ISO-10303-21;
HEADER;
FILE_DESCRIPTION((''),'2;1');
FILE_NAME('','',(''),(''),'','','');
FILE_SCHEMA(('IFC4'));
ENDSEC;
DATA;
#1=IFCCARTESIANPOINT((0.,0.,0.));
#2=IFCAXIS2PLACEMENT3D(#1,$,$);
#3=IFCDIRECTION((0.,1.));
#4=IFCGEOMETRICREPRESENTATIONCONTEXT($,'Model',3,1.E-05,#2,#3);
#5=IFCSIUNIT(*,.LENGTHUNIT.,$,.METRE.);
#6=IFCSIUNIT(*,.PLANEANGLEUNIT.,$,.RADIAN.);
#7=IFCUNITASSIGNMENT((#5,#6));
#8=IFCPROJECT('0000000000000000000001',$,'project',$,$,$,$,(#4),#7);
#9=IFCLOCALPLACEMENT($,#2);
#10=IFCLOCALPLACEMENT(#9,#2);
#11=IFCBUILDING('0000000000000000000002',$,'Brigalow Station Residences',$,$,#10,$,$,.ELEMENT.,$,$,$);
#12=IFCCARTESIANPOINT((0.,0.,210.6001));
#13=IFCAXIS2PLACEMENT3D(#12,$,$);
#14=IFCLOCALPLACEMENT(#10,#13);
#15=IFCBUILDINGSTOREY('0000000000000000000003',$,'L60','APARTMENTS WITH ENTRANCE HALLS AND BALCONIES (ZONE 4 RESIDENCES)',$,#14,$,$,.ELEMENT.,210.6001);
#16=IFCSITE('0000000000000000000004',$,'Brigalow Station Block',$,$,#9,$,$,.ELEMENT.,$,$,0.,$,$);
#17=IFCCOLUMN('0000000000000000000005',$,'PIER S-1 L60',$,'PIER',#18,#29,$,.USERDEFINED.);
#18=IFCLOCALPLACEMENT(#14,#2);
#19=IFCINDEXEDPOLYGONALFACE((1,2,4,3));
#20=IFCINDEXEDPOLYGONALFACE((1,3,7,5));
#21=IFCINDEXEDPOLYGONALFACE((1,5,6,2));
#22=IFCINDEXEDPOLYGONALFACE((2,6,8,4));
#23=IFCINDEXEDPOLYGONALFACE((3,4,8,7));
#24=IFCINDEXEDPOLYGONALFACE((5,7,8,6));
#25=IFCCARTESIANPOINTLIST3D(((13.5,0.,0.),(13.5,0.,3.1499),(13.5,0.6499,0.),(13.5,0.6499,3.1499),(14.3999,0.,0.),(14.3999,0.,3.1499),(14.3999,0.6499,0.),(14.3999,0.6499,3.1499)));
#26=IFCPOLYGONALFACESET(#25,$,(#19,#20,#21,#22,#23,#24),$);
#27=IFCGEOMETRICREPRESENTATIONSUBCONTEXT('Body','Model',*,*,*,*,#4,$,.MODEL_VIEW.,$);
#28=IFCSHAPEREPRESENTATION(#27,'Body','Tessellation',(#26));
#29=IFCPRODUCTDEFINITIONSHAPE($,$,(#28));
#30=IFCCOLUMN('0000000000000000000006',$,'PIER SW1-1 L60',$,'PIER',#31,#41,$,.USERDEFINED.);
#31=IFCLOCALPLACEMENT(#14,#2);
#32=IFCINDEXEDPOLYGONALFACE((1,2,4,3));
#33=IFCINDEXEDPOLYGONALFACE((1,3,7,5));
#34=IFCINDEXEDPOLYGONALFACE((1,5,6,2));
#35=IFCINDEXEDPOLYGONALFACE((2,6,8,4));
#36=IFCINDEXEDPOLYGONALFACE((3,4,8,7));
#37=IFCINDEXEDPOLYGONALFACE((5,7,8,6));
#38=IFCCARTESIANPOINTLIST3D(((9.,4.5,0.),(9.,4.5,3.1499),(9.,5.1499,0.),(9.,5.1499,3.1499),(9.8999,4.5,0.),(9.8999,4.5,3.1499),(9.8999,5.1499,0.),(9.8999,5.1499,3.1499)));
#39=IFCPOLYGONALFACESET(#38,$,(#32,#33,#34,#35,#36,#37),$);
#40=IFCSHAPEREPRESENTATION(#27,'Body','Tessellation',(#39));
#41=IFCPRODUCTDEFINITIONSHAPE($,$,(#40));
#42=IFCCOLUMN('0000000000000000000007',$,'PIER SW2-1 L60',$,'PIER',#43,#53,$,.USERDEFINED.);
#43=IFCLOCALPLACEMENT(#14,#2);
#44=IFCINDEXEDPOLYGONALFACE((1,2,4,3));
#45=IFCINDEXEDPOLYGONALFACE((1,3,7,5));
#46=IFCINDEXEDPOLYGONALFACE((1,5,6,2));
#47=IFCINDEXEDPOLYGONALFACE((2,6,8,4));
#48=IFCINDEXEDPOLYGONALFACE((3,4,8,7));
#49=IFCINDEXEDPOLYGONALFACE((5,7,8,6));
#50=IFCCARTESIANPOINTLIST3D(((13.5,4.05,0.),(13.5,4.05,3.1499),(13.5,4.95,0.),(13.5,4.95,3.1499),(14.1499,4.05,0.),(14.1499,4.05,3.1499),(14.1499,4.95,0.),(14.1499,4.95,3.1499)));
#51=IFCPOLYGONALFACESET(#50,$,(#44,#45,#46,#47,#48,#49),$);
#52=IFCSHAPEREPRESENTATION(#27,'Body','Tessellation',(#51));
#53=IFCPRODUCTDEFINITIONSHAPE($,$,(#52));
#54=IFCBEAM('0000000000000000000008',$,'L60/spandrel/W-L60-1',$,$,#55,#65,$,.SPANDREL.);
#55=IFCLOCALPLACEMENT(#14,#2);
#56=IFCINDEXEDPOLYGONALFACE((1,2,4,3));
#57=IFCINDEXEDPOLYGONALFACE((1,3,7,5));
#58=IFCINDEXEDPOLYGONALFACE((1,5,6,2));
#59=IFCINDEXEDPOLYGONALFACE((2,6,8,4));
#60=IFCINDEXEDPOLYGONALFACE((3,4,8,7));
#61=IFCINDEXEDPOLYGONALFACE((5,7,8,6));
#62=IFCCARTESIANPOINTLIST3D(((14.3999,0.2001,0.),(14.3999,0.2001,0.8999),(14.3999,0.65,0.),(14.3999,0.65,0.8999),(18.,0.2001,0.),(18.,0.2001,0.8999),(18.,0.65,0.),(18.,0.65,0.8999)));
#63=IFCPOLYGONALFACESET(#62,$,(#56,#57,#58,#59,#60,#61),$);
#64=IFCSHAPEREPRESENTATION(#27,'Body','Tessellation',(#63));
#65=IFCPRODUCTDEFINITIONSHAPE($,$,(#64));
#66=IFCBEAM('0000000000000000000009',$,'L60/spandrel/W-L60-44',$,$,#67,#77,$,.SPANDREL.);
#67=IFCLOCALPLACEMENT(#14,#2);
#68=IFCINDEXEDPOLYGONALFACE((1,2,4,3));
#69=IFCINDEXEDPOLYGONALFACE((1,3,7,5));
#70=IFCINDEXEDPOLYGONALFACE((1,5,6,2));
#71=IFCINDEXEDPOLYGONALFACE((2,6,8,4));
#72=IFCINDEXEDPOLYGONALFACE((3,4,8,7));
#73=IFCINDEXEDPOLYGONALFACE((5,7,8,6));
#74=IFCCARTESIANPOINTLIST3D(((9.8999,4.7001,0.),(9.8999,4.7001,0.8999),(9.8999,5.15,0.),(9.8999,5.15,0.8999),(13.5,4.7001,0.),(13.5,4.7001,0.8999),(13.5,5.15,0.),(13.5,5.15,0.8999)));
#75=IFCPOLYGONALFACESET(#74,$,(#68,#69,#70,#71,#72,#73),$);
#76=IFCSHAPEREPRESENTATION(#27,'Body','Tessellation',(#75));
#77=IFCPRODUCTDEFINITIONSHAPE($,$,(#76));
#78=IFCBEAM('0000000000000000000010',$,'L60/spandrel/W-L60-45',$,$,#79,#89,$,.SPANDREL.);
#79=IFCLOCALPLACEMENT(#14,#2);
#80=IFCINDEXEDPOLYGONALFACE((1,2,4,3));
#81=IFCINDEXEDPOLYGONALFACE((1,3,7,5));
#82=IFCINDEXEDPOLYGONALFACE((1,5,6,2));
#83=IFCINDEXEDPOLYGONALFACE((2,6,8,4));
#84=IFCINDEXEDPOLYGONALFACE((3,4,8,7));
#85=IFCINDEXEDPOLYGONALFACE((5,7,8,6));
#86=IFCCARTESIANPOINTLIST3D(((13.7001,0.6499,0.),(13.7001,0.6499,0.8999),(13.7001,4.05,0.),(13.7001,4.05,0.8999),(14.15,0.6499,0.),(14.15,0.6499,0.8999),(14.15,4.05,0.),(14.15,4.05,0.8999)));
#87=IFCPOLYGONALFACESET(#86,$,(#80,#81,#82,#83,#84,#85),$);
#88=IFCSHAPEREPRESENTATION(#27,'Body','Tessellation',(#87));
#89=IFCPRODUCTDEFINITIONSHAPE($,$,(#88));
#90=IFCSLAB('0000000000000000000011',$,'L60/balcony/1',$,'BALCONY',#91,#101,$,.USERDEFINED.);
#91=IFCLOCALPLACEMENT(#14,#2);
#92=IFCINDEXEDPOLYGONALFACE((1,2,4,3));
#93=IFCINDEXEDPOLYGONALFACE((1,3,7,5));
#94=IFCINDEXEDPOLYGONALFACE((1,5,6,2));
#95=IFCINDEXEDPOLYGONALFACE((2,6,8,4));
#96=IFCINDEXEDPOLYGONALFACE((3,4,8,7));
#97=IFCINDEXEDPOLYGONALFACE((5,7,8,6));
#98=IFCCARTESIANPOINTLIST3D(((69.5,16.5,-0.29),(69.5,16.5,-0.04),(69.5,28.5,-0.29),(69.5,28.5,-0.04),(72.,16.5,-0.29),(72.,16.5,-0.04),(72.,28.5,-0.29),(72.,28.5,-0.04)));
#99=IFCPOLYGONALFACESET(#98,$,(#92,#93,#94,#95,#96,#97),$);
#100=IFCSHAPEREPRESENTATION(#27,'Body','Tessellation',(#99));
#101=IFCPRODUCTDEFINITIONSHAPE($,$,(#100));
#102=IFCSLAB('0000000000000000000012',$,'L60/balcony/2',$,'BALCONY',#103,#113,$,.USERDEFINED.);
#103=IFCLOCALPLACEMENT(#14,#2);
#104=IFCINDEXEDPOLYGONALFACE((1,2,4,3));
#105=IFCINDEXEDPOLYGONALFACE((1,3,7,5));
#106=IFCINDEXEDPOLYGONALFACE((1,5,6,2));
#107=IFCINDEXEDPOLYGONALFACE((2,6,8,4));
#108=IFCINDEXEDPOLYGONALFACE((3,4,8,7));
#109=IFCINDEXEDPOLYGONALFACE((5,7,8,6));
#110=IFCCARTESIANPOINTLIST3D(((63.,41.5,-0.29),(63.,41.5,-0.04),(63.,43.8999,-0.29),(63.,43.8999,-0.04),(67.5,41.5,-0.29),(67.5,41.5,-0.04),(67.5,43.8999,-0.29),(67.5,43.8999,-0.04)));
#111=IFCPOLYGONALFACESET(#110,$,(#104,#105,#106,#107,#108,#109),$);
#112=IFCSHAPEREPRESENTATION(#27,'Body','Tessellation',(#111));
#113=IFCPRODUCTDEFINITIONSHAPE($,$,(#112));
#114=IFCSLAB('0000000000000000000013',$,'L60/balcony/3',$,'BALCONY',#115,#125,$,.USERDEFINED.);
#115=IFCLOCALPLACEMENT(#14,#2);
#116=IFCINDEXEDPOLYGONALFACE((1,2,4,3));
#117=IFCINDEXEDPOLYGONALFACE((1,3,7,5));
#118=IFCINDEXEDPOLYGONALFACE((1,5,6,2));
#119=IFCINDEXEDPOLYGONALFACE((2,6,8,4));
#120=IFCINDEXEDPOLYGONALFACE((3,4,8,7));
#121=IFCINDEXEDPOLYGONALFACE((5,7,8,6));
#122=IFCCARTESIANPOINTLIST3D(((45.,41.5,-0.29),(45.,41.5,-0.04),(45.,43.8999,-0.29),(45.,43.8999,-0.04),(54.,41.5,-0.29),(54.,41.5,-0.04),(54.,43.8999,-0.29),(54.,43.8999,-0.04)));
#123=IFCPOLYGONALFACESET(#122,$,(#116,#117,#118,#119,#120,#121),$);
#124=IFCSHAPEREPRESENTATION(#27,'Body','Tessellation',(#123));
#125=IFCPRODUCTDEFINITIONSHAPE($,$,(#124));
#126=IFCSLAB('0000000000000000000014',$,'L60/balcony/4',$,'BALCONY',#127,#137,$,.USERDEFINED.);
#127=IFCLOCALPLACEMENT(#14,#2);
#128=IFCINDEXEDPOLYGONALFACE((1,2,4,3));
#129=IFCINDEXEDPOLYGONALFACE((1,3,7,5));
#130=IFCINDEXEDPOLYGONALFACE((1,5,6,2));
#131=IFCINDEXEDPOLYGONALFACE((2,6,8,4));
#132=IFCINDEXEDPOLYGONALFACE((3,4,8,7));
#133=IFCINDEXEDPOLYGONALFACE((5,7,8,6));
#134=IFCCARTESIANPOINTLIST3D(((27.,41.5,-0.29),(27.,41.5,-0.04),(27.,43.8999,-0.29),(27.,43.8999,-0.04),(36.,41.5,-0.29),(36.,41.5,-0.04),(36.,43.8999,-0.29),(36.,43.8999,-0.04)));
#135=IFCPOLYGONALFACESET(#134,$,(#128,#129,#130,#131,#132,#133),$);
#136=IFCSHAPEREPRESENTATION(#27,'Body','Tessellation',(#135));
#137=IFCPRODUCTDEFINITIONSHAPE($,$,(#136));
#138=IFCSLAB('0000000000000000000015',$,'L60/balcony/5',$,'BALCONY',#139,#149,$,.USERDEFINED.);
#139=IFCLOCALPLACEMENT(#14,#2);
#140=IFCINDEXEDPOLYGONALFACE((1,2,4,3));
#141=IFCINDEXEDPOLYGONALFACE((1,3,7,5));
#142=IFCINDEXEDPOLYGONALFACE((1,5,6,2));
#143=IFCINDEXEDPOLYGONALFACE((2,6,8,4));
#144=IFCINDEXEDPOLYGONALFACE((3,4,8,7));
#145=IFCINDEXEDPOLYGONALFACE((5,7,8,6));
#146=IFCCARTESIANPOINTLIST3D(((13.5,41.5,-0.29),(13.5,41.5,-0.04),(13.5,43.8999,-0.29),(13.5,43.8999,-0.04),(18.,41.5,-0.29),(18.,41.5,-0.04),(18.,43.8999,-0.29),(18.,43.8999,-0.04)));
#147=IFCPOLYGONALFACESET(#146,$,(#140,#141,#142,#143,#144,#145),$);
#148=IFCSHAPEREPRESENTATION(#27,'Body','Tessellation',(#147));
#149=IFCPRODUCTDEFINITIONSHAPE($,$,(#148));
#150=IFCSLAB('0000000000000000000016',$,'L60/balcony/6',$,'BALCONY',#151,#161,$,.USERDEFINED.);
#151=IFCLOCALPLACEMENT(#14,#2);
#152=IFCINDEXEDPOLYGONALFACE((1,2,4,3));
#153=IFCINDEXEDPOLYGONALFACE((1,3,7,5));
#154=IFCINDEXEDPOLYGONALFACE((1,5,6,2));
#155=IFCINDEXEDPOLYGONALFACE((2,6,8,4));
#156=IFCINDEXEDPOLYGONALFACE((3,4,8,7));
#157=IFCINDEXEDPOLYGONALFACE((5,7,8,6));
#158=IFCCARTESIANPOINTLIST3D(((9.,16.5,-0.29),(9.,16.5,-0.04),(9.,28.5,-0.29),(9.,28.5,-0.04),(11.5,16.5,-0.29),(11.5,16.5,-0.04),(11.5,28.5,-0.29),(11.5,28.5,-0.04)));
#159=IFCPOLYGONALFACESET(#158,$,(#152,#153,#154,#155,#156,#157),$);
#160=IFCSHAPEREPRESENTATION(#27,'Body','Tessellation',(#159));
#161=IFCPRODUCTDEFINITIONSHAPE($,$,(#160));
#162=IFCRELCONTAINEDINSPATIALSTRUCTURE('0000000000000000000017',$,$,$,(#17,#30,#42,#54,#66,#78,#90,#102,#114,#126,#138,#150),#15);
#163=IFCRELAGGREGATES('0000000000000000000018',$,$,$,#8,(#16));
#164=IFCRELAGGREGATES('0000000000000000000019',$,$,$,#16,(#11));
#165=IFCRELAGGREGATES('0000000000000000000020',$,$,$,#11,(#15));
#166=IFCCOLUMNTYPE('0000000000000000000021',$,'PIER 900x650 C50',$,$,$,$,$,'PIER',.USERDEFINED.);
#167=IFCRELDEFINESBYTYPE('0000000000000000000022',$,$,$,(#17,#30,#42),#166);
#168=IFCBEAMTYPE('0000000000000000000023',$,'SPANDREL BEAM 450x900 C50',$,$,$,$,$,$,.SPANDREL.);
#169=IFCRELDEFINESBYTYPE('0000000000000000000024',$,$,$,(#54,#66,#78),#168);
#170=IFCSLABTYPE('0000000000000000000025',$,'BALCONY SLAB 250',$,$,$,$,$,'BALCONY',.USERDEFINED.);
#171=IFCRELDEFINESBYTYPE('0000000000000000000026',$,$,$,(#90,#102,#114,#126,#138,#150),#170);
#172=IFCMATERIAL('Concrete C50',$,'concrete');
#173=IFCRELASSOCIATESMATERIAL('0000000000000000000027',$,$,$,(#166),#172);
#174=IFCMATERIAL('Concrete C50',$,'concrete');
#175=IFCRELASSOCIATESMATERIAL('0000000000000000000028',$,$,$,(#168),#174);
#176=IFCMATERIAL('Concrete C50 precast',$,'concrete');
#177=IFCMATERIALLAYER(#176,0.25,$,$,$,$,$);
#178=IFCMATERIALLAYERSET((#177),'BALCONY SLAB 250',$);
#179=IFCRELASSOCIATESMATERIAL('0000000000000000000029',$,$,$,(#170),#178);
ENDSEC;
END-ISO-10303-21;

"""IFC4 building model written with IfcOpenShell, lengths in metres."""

from ifc_helpers import new_model, si_unit, direction, frame, origin, origin_2d, place, context, subcontext, project, spatial, polyline, rectangle, outline, extrude, material, layer, layer_set, material_profile, profile_set, type_object, element, save


model = new_model("IFC4")

# Units and contexts
model_context = context("Model", 3, precision=1e-05, world=origin(), true_north=direction((0.0, 1.0)))
body_context = subcontext(model_context, "Body", "Model", "MODEL_VIEW")
ifc_project = project(units=[si_unit("LENGTHUNIT", "METRE"), si_unit("PLANEANGLEUNIT", "RADIAN")], contexts=[model_context])

# Site, building, storey
site_placement = place(None, origin())
site = spatial("IfcSite", under=ifc_project, at=site_placement, Name="Brigalow Station Block", CompositionType="ELEMENT", RefElevation=0.0)
building_placement = place(site_placement, origin())
building = spatial("IfcBuilding", under=site, at=building_placement, Name="Brigalow Station Residences", CompositionType="ELEMENT")
storey_placement = place(building_placement, frame((0.0, 0.0, 210.6001)))
storey = spatial("IfcBuildingStorey", under=building, at=storey_placement, Name="L60", Description="APARTMENTS WITH ENTRANCE HALLS AND BALCONIES (ZONE 4 RESIDENCES)", CompositionType="ELEMENT", Elevation=210.6001)

# Columns
ifc_material_1 = material(Name="Concrete C50", Category="concrete")
ifc_material_profile_1 = material_profile(ifc_material_1, rectangle(XDim=0.8999, YDim=0.6499, at=origin_2d()), Name="RC900x650")
ifc_profile_set_1 = profile_set([ifc_material_profile_1], Name="Concrete C50")
column_type = type_object("IfcColumnType", Name="PIER 900x650 C50", ElementType="PIER", PredefinedType="USERDEFINED", material=ifc_profile_set_1)
for number, where, z_axis, x_axis, name in (
    (1, (13.95, 0.325, 0.0), (0.0, 0.0, 1.0), (1.0, 0.0, 0.0), "PIER S-1 L60"),
    (2, (9.45, 4.825, 0.0), (0.0, 0.0, 1.0), (1.0, 0.0, 0.0), "PIER SW1-1 L60"),
    (3, (13.825, 4.5, 0.0), (0.0, 0.0, 1.0), (0.0, -1.0, 0.0), "PIER SW2-1 L60"),
):
    element("IfcColumn", number, at=place(storey_placement, frame(where, z_axis=z_axis, x_axis=x_axis)), inside=storey, type_object=column_type, Name=name, ObjectType="PIER", PredefinedType="USERDEFINED", context=body_context, shape_type="SweptSolid", body=[
        extrude(rectangle(XDim=0.8999, YDim=0.6499, at=origin_2d()), origin(), (0.0, 0.0, 1.0), 3.1499),
    ])

# Beams
ifc_material_2 = material(Name="Concrete C50", Category="concrete")
ifc_material_profile_2 = material_profile(ifc_material_2, rectangle(XDim=0.45, YDim=0.8999, at=origin_2d()), Name="RC450x900")
ifc_profile_set_2 = profile_set([ifc_material_profile_2], Name="Concrete C50")
beam_type = type_object("IfcBeamType", Name="SPANDREL BEAM 450x900 C50", PredefinedType="SPANDREL", material=ifc_profile_set_2)
for number, where, z_axis, x_axis, name in (
    (4, (14.3999, 0.425, 0.45), (1.0, 0.0, 0.0), (0.0, 1.0, 0.0), "L60/spandrel/W-L60-1"),
    (5, (9.8999, 4.925, 0.45), (1.0, 0.0, 0.0), (0.0, 1.0, 0.0), "L60/spandrel/W-L60-44"),
):
    element("IfcBeam", number, at=place(storey_placement, frame(where, z_axis=z_axis, x_axis=x_axis)), inside=storey, type_object=beam_type, Name=name, PredefinedType="SPANDREL", context=body_context, shape_type="SweptSolid", body=[
        extrude(rectangle(XDim=0.45, YDim=0.8999, at=origin_2d()), origin(), (0.0, 0.0, 1.0), 3.6001),
    ])
beam_placement = place(storey_placement, frame((13.925, 4.05, 0.45), z_axis=(0.0, -1.0, 0.0), x_axis=(1.0, 0.0, 0.0)))
element("IfcBeam", 6, at=beam_placement, inside=storey, type_object=beam_type, Name="L60/spandrel/W-L60-45", PredefinedType="SPANDREL", context=body_context, shape_type="SweptSolid", body=[
    extrude(rectangle(XDim=0.45, YDim=0.8999, at=origin_2d()), origin(), (0.0, 0.0, 1.0), 3.4001),
])

# Slabs
ifc_material_3 = material(Name="Concrete C50 precast", Category="concrete")
ifc_layer_1 = layer(ifc_material_3, 0.25)
ifc_layer_set_1 = layer_set([ifc_layer_1], Name="BALCONY SLAB 250")
slab_type_1 = type_object("IfcSlabType", Name="BALCONY SLAB 250", ElementType="BALCONY", PredefinedType="USERDEFINED", material=ifc_layer_set_1)
slab_1_placement = place(storey_placement, frame((0.0, 0.0, -0.29)))
element("IfcSlab", 7, at=slab_1_placement, inside=storey, type_object=slab_type_1, Name="L60/balcony/1", ObjectType="BALCONY", PredefinedType="USERDEFINED", context=body_context, shape_type="SweptSolid", body=[
    extrude(outline(polyline([(69.5, 16.5), (72.0, 16.5), (72.0, 28.5), (69.5, 28.5), (69.5, 16.5)])), origin(), (0.0, 0.0, 1.0), 0.25),
])
slab_2_placement = place(storey_placement, frame((0.0, 0.0, -0.29)))
element("IfcSlab", 8, at=slab_2_placement, inside=storey, type_object=slab_type_1, Name="L60/balcony/2", ObjectType="BALCONY", PredefinedType="USERDEFINED", context=body_context, shape_type="SweptSolid", body=[
    extrude(outline(polyline([(67.5, 41.5), (67.5, 43.8999), (63.0, 43.8999), (63.0, 41.5), (67.5, 41.5)])), origin(), (0.0, 0.0, 1.0), 0.25),
])
slab_3_placement = place(storey_placement, frame((0.0, 0.0, -0.29)))
element("IfcSlab", 9, at=slab_3_placement, inside=storey, type_object=slab_type_1, Name="L60/balcony/3", ObjectType="BALCONY", PredefinedType="USERDEFINED", context=body_context, shape_type="SweptSolid", body=[
    extrude(outline(polyline([(54.0, 41.5), (54.0, 43.8999), (45.0, 43.8999), (45.0, 41.5), (54.0, 41.5)])), origin(), (0.0, 0.0, 1.0), 0.25),
])
slab_4_placement = place(storey_placement, frame((0.0, 0.0, -0.29)))
element("IfcSlab", 10, at=slab_4_placement, inside=storey, type_object=slab_type_1, Name="L60/balcony/4", ObjectType="BALCONY", PredefinedType="USERDEFINED", context=body_context, shape_type="SweptSolid", body=[
    extrude(outline(polyline([(36.0, 41.5), (36.0, 43.8999), (27.0, 43.8999), (27.0, 41.5), (36.0, 41.5)])), origin(), (0.0, 0.0, 1.0), 0.25),
])
slab_5_placement = place(storey_placement, frame((0.0, 0.0, -0.29)))
element("IfcSlab", 11, at=slab_5_placement, inside=storey, type_object=slab_type_1, Name="L60/balcony/5", ObjectType="BALCONY", PredefinedType="USERDEFINED", context=body_context, shape_type="SweptSolid", body=[
    extrude(outline(polyline([(18.0, 41.5), (18.0, 43.8999), (13.5, 43.8999), (13.5, 41.5), (18.0, 41.5)])), origin(), (0.0, 0.0, 1.0), 0.25),
])
slab_6_placement = place(storey_placement, frame((0.0, 0.0, -0.29)))
element("IfcSlab", 12, at=slab_6_placement, inside=storey, type_object=slab_type_1, Name="L60/balcony/6", ObjectType="BALCONY", PredefinedType="USERDEFINED", context=body_context, shape_type="SweptSolid", body=[
    extrude(outline(polyline([(11.5, 28.5), (9.0, 28.5), (9.0, 16.5), (11.5, 16.5), (11.5, 28.5)])), origin(), (0.0, 0.0, 1.0), 0.25),
])

save(model, "model.ifc")
